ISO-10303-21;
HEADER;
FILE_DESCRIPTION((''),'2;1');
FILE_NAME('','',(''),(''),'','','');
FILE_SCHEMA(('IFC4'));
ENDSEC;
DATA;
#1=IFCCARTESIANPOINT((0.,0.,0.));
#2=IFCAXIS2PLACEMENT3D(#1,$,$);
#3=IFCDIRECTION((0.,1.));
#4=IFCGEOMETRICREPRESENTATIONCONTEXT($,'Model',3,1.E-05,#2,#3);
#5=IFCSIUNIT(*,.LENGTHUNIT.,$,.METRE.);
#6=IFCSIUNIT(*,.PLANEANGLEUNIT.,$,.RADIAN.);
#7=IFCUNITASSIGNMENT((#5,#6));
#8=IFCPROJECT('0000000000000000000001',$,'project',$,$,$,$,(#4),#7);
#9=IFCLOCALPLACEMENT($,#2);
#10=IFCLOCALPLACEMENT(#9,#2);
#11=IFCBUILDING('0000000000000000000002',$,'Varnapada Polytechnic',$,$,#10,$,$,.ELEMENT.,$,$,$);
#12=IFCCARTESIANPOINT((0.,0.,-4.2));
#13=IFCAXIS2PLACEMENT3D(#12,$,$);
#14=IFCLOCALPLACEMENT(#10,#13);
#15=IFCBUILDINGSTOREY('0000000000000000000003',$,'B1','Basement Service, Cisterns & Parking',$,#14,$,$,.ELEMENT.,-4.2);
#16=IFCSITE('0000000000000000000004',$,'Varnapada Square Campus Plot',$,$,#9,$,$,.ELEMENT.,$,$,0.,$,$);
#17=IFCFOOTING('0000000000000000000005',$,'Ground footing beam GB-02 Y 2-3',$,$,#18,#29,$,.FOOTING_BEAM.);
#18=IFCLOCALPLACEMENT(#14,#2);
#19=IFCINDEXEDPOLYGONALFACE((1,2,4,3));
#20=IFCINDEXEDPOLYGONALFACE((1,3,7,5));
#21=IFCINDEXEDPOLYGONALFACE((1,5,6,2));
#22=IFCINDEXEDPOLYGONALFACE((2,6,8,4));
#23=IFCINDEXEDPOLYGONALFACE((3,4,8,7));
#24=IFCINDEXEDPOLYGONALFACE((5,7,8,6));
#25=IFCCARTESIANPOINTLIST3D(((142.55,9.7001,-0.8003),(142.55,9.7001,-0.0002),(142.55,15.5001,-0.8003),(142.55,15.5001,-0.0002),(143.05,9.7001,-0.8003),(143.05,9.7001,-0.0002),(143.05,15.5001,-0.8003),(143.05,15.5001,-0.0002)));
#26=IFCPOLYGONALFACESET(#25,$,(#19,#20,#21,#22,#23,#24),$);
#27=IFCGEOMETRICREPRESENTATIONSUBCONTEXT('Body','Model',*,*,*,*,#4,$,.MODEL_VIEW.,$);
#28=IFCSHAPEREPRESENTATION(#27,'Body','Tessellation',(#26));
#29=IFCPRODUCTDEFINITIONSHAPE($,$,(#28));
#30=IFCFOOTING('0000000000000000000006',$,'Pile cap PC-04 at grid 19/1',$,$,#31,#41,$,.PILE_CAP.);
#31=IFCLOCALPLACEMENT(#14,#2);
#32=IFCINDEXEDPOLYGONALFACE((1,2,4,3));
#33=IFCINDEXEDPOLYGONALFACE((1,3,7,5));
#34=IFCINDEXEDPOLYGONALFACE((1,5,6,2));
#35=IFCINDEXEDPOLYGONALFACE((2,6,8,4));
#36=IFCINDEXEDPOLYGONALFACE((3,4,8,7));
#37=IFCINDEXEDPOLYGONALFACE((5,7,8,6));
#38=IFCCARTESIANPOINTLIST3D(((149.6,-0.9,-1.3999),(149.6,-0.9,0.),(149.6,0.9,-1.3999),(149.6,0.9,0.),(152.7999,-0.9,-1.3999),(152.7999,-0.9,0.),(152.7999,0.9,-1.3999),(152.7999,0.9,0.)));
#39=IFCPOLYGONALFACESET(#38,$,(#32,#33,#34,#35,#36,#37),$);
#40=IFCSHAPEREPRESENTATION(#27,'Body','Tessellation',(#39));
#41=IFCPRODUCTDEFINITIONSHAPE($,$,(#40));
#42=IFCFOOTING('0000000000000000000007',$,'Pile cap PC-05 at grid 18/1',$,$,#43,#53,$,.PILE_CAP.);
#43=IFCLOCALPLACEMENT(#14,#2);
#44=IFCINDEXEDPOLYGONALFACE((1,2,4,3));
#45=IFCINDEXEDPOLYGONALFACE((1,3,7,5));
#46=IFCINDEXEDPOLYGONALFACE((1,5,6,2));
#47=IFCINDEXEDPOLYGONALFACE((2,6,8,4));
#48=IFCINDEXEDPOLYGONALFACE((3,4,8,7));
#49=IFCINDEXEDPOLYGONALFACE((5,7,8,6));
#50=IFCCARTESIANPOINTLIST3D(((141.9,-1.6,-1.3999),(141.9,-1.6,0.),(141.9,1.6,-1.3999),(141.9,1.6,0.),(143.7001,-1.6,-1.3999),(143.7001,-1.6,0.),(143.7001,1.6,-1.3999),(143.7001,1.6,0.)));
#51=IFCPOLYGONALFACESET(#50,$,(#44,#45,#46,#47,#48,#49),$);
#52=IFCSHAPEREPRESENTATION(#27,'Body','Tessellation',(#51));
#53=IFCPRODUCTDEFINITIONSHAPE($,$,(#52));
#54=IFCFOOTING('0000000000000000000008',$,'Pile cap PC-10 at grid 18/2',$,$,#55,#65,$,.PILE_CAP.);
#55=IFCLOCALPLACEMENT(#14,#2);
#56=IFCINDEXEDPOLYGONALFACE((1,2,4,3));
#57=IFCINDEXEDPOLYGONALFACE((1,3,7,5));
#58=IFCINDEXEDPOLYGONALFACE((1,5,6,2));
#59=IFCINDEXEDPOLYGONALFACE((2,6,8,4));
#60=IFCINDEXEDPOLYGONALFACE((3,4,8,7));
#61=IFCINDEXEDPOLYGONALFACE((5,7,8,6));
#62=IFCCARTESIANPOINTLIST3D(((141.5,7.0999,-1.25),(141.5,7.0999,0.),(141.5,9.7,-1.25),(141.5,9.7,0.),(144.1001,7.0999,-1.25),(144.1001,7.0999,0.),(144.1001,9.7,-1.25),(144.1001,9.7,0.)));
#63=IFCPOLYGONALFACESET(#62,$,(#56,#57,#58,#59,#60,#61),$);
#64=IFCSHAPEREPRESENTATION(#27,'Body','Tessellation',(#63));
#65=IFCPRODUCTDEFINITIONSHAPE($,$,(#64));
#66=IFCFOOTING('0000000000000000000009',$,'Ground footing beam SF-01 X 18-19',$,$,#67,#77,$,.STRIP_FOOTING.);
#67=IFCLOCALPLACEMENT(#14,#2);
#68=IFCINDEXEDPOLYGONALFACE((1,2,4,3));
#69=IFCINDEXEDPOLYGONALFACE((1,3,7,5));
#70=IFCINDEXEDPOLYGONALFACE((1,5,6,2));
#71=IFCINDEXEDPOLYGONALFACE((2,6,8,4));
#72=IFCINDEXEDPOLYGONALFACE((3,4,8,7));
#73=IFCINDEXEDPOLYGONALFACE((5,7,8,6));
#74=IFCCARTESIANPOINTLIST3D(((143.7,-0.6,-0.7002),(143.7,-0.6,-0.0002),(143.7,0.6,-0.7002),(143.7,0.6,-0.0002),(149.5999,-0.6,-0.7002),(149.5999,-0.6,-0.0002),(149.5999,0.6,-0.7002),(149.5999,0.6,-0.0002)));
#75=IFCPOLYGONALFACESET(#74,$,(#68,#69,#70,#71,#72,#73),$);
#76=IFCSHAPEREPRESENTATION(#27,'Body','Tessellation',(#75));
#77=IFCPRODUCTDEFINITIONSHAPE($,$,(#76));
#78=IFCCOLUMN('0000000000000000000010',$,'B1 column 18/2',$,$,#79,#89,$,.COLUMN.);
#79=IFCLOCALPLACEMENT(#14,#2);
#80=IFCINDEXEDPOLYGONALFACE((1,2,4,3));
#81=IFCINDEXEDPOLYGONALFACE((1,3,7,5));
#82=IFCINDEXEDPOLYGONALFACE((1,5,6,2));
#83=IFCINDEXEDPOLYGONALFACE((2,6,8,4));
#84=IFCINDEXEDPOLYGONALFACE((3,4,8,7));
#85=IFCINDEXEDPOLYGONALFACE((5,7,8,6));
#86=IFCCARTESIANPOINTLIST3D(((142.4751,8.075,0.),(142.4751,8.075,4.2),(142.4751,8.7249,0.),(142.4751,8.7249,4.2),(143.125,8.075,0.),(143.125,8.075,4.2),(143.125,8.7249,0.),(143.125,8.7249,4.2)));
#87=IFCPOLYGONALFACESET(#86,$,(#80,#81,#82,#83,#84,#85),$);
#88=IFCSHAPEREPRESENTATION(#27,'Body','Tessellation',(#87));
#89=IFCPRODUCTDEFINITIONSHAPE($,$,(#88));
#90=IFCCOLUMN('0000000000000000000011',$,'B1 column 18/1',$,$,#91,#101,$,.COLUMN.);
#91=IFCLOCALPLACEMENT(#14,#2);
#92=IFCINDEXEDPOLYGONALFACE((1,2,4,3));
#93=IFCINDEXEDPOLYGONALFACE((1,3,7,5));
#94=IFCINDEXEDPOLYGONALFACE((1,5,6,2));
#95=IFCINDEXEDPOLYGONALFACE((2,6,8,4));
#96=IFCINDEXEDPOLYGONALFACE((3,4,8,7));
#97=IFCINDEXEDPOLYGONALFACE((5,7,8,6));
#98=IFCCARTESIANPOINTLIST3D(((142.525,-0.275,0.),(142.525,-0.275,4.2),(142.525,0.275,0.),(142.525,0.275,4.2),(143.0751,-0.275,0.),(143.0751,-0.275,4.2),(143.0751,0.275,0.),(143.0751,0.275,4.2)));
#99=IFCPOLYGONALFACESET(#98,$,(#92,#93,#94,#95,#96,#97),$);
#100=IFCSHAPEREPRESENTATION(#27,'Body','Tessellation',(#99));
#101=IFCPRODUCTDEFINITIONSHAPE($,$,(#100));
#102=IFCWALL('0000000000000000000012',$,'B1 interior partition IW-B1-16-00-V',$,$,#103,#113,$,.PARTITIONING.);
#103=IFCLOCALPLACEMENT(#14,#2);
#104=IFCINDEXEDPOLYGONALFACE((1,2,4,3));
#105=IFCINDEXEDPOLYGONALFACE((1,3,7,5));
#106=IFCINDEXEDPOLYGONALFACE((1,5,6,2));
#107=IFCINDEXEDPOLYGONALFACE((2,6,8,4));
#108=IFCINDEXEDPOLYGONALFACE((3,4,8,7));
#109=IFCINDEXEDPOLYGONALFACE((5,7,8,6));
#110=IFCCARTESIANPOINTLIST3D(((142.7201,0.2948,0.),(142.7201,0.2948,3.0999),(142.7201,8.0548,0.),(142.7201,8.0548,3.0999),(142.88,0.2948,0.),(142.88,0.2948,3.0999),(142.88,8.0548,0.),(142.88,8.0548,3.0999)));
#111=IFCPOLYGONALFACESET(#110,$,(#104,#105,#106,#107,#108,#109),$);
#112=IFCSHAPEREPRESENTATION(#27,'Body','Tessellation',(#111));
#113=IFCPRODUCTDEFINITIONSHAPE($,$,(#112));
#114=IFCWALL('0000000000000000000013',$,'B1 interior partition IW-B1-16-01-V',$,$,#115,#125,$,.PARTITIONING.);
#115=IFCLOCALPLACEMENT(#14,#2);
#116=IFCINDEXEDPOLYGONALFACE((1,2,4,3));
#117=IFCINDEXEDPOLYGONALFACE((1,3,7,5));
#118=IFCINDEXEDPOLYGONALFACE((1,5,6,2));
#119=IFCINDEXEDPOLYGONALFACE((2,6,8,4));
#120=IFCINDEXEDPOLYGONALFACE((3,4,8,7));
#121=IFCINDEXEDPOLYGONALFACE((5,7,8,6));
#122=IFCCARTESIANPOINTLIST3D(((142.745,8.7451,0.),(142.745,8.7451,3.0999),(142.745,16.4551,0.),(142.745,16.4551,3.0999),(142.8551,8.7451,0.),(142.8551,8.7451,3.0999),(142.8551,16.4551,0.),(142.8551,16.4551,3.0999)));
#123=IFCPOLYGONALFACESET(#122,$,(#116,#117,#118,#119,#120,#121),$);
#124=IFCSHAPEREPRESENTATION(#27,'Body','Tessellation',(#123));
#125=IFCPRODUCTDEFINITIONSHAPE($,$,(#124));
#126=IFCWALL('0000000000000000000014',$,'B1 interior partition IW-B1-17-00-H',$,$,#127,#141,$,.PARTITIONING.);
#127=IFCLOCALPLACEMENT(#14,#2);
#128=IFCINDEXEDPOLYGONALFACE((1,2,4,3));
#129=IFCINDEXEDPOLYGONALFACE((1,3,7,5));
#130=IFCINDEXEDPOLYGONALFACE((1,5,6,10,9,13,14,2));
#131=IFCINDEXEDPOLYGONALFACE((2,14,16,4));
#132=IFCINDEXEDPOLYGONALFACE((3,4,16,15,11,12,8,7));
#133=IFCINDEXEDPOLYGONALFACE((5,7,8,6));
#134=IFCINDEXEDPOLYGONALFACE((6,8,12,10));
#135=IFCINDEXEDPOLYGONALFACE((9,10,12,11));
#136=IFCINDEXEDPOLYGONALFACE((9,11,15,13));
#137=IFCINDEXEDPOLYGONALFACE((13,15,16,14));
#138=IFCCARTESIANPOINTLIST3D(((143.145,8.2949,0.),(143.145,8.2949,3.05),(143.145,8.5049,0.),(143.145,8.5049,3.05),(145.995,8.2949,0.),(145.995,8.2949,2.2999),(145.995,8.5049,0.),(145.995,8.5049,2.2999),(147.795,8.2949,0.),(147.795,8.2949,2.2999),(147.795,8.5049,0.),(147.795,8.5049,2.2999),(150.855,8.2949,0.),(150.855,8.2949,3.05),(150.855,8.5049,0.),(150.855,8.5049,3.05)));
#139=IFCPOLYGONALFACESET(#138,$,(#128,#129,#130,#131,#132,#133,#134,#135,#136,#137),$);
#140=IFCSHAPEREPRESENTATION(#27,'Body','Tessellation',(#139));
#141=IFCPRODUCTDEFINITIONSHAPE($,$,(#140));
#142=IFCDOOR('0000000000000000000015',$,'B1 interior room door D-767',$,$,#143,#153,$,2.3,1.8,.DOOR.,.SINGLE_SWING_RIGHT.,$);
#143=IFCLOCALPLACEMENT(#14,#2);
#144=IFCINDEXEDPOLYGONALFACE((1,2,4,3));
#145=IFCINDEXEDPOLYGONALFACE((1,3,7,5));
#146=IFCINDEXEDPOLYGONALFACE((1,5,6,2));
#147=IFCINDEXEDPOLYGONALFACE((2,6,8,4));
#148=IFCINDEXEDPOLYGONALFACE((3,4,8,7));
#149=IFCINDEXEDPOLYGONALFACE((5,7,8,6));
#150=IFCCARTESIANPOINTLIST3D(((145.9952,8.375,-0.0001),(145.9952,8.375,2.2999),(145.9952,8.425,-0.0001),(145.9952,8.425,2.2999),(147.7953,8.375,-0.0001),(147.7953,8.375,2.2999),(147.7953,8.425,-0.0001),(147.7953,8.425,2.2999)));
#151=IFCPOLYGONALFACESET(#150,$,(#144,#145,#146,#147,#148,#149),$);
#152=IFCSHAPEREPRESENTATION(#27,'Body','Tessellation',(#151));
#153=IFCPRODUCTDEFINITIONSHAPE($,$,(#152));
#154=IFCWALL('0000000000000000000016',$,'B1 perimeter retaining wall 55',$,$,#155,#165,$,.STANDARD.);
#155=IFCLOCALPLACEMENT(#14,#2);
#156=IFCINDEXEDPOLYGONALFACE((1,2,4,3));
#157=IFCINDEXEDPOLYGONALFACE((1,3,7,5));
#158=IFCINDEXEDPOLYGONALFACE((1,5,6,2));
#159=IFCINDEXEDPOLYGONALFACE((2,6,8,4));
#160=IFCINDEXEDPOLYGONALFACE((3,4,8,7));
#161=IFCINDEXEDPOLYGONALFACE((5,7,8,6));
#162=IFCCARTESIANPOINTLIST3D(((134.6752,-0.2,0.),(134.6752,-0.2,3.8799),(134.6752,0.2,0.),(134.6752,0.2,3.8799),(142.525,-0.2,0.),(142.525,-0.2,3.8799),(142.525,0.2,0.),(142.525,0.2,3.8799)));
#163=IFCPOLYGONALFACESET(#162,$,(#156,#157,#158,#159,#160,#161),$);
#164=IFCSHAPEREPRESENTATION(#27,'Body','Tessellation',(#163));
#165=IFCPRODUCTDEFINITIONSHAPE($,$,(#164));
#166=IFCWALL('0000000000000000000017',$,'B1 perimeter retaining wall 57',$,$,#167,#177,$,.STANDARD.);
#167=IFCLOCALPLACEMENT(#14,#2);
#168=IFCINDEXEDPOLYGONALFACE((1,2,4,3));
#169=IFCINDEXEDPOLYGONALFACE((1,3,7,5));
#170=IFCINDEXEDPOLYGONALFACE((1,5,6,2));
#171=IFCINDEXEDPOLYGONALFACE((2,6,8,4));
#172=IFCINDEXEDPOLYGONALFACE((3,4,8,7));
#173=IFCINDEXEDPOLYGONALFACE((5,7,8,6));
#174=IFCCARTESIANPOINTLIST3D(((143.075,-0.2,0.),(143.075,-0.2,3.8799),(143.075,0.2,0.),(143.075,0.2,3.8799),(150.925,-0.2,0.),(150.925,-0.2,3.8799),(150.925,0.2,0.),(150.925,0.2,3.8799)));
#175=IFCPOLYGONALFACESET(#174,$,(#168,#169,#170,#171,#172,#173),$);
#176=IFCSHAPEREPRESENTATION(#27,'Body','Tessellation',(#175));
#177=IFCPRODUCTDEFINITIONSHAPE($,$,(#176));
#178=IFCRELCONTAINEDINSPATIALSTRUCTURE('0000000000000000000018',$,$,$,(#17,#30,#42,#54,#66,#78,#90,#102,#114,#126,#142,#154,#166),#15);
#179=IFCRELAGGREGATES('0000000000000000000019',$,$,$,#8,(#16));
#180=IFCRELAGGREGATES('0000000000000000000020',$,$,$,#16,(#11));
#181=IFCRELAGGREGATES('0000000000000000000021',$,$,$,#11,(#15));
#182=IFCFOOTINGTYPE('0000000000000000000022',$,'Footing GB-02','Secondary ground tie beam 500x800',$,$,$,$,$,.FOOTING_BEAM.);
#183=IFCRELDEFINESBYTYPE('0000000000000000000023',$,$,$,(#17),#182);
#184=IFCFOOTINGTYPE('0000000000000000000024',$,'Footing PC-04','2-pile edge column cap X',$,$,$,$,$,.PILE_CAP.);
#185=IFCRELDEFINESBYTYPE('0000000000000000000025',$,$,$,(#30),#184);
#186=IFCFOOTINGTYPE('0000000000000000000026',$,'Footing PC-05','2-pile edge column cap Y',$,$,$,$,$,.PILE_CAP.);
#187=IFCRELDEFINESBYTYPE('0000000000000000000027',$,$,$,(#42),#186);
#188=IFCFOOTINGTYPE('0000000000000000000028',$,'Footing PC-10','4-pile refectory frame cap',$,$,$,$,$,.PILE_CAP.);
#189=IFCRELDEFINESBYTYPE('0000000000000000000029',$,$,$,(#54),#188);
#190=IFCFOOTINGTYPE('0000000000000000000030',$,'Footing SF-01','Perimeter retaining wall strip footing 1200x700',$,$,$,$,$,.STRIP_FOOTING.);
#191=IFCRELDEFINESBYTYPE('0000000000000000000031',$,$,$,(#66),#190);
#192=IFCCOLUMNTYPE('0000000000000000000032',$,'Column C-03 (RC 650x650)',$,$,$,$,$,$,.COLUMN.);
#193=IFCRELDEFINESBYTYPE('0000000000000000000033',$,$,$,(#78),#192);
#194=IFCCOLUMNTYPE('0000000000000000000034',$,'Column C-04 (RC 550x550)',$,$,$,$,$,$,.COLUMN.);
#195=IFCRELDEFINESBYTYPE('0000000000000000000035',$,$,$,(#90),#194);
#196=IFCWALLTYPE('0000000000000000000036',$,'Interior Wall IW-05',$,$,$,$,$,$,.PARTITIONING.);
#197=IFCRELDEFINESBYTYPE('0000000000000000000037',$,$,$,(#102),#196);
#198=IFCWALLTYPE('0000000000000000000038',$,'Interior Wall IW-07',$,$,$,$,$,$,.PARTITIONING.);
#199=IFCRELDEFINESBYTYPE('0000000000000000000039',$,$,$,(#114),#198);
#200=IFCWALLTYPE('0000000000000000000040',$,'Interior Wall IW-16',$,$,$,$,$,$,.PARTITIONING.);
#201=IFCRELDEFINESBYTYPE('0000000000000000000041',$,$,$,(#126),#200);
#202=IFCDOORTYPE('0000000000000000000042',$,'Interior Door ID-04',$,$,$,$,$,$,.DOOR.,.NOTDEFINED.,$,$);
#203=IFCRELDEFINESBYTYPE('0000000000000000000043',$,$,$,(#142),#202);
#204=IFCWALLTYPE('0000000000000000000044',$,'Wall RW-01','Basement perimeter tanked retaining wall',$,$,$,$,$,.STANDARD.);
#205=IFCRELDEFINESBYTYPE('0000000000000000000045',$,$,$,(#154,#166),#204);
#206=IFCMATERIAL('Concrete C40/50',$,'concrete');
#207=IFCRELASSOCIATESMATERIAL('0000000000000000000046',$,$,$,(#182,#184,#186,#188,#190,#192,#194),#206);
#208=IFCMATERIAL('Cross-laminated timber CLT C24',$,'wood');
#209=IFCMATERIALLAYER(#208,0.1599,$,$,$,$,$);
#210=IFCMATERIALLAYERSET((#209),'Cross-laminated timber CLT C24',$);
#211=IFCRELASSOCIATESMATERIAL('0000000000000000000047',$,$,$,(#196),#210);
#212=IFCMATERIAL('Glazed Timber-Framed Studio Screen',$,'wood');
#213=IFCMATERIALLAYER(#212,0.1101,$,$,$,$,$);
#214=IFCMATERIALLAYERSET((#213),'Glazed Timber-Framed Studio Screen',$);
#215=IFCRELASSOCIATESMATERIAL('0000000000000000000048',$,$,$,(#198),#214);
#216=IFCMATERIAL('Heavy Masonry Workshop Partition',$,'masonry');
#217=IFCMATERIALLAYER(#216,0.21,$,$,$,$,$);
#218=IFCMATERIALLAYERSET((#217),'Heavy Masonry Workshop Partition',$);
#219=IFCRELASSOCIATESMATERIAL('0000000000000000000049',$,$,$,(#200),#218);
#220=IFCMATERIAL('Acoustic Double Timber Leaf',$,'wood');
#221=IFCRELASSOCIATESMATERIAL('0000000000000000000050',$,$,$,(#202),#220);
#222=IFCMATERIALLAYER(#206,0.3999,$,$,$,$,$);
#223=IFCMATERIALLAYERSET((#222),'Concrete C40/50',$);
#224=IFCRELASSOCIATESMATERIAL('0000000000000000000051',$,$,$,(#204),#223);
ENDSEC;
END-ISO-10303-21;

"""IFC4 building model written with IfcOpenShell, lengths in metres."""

from ifc_helpers import new_model, si_unit, direction, frame, frame_2d, origin, origin_2d, place, context, subcontext, project, spatial, rectangle, extrude, material, layer, layer_set, material_profile, profile_set, type_object, element, fill, save


model = new_model("IFC4")

# Units and contexts
model_context = context("Model", 3, precision=1e-05, world=origin(), true_north=direction((0.0, 1.0)))
body_context = subcontext(model_context, "Body", "Model", "MODEL_VIEW")
ifc_project = project(units=[si_unit("LENGTHUNIT", "METRE"), si_unit("PLANEANGLEUNIT", "RADIAN")], contexts=[model_context])

# Site, building, storey
site_placement = place(None, origin())
site = spatial("IfcSite", under=ifc_project, at=site_placement, Name="Varnapada Square Campus Plot", CompositionType="ELEMENT", RefElevation=0.0)
building_placement = place(site_placement, origin())
building = spatial("IfcBuilding", under=site, at=building_placement, Name="Varnapada Polytechnic", CompositionType="ELEMENT")
storey_placement = place(building_placement, frame((0.0, 0.0, -4.2)))
storey = spatial("IfcBuildingStorey", under=building, at=storey_placement, Name="B1", Description="Basement Service, Cisterns & Parking", CompositionType="ELEMENT", Elevation=-4.2)

# Shared definitions
ifc_material_1 = material(Name="Concrete C40/50", Category="concrete")

# Footings
footing_type_1 = type_object("IfcFootingType", Name="Footing GB-02", Description="Secondary ground tie beam 500x800", PredefinedType="FOOTING_BEAM", material=ifc_material_1)
footing_1_placement = place(storey_placement, frame((142.8, 12.6001, -0.8003), z_axis=(0.0, 0.0, 1.0), x_axis=(0.0, 1.0, 0.0)))
element("IfcFooting", 1, at=footing_1_placement, inside=storey, type_object=footing_type_1, Name="Ground footing beam GB-02 Y 2-3", PredefinedType="FOOTING_BEAM", context=body_context, shape_type="SweptSolid", body=[
    extrude(rectangle(XDim=5.8, YDim=0.5, at=origin_2d()), origin(), (0.0, 0.0, 1.0), 0.8),
])
footing_type_2 = type_object("IfcFootingType", Name="Footing PC-04", Description="2-pile edge column cap X", PredefinedType="PILE_CAP", material=ifc_material_1)
footing_2_placement = place(storey_placement, frame((151.2, 0.0, -1.3999), z_axis=(0.0, 0.0, 1.0), x_axis=(1.0, 0.0, 0.0)))
element("IfcFooting", 2, at=footing_2_placement, inside=storey, type_object=footing_type_2, Name="Pile cap PC-04 at grid 19/1", PredefinedType="PILE_CAP", context=body_context, shape_type="SweptSolid", body=[
    extrude(rectangle(XDim=3.2, YDim=1.8, at=origin_2d()), origin(), (0.0, 0.0, 1.0), 1.3999),
])
footing_type_3 = type_object("IfcFootingType", Name="Footing PC-05", Description="2-pile edge column cap Y", PredefinedType="PILE_CAP", material=ifc_material_1)
footing_3_placement = place(storey_placement, frame((142.8, 0.0, -1.3999), z_axis=(0.0, 0.0, 1.0), x_axis=(1.0, 0.0, 0.0)))
element("IfcFooting", 3, at=footing_3_placement, inside=storey, type_object=footing_type_3, Name="Pile cap PC-05 at grid 18/1", PredefinedType="PILE_CAP", context=body_context, shape_type="SweptSolid", body=[
    extrude(rectangle(XDim=1.8, YDim=3.2, at=origin_2d()), origin(), (0.0, 0.0, 1.0), 1.3999),
])
footing_type_4 = type_object("IfcFootingType", Name="Footing PC-10", Description="4-pile refectory frame cap", PredefinedType="PILE_CAP", material=ifc_material_1)
footing_4_placement = place(storey_placement, frame((142.8, 8.3999, -1.25), z_axis=(0.0, 0.0, 1.0), x_axis=(1.0, 0.0, 0.0)))
element("IfcFooting", 4, at=footing_4_placement, inside=storey, type_object=footing_type_4, Name="Pile cap PC-10 at grid 18/2", PredefinedType="PILE_CAP", context=body_context, shape_type="SweptSolid", body=[
    extrude(rectangle(XDim=2.6001, YDim=2.6001, at=origin_2d()), origin(), (0.0, 0.0, 1.0), 1.25),
])
footing_type_5 = type_object("IfcFootingType", Name="Footing SF-01", Description="Perimeter retaining wall strip footing 1200x700", PredefinedType="STRIP_FOOTING", material=ifc_material_1)
footing_5_placement = place(storey_placement, frame((146.6499, 0.0, -0.7002), z_axis=(0.0, 0.0, 1.0), x_axis=(1.0, 0.0, 0.0)))
element("IfcFooting", 5, at=footing_5_placement, inside=storey, type_object=footing_type_5, Name="Ground footing beam SF-01 X 18-19", PredefinedType="STRIP_FOOTING", context=body_context, shape_type="SweptSolid", body=[
    extrude(rectangle(XDim=5.8999, YDim=1.2, at=origin_2d()), origin(), (0.0, 0.0, 1.0), 0.7),
])

# Columns
ifc_material_profile_1 = material_profile(ifc_material_1, rectangle(XDim=0.6499, YDim=0.6499, at=origin_2d()), Name="RC 650x650")
ifc_profile_set_1 = profile_set([ifc_material_profile_1], Name="Concrete C40/50")
column_type_1 = type_object("IfcColumnType", Name="Column C-03 (RC 650x650)", PredefinedType="COLUMN", material=ifc_profile_set_1)
column_1_placement = place(storey_placement, frame((142.8, 8.3999, 0.0), z_axis=(0.0, 0.0, 1.0), x_axis=(1.0, 0.0, 0.0)))
element("IfcColumn", 6, at=column_1_placement, inside=storey, type_object=column_type_1, Name="B1 column 18/2", PredefinedType="COLUMN", context=body_context, shape_type="SweptSolid", body=[
    extrude(rectangle(XDim=0.6499, YDim=0.6499, at=origin_2d()), origin(), (0.0, 0.0, 1.0), 4.2),
])
ifc_material_profile_2 = material_profile(ifc_material_1, rectangle(XDim=0.55, YDim=0.55, at=origin_2d()), Name="RC 550x550")
ifc_profile_set_2 = profile_set([ifc_material_profile_2], Name="Concrete C40/50")
column_type_2 = type_object("IfcColumnType", Name="Column C-04 (RC 550x550)", PredefinedType="COLUMN", material=ifc_profile_set_2)
column_2_placement = place(storey_placement, frame((142.8, 0.0, 0.0), z_axis=(0.0, 0.0, 1.0), x_axis=(1.0, 0.0, 0.0)))
element("IfcColumn", 7, at=column_2_placement, inside=storey, type_object=column_type_2, Name="B1 column 18/1", PredefinedType="COLUMN", context=body_context, shape_type="SweptSolid", body=[
    extrude(rectangle(XDim=0.55, YDim=0.55, at=origin_2d()), origin(), (0.0, 0.0, 1.0), 4.2),
])

# Walls
ifc_material_2 = material(Name="Cross-laminated timber CLT C24", Category="wood")
ifc_layer_1 = layer(ifc_material_2, 0.1599)
ifc_layer_set_1 = layer_set([ifc_layer_1], Name="Cross-laminated timber CLT C24")
wall_type_1 = type_object("IfcWallType", Name="Interior Wall IW-05", PredefinedType="PARTITIONING", material=ifc_layer_set_1)
wall_1_placement = place(storey_placement, frame((142.8, 0.2949, 0.0), z_axis=(0.0, 0.0, 1.0), x_axis=(0.0, 1.0, 0.0)))
element("IfcWall", 8, at=wall_1_placement, inside=storey, type_object=wall_type_1, Name="B1 interior partition IW-B1-16-00-V", PredefinedType="PARTITIONING", context=body_context, shape_type="SweptSolid", body=[
    extrude(rectangle(XDim=7.76, YDim=0.1599, at=frame_2d((3.8799, 0.0))), origin(), (0.0, 0.0, 1.0), 3.0999),
])
ifc_material_3 = material(Name="Glazed Timber-Framed Studio Screen", Category="wood")
ifc_layer_2 = layer(ifc_material_3, 0.1101)
ifc_layer_set_2 = layer_set([ifc_layer_2], Name="Glazed Timber-Framed Studio Screen")
wall_type_2 = type_object("IfcWallType", Name="Interior Wall IW-07", PredefinedType="PARTITIONING", material=ifc_layer_set_2)
wall_2_placement = place(storey_placement, frame((142.8, 8.7451, 0.0), z_axis=(0.0, 0.0, 1.0), x_axis=(0.0, 1.0, 0.0)))
element("IfcWall", 9, at=wall_2_placement, inside=storey, type_object=wall_type_2, Name="B1 interior partition IW-B1-16-01-V", PredefinedType="PARTITIONING", context=body_context, shape_type="SweptSolid", body=[
    extrude(rectangle(XDim=7.71, YDim=0.1101, at=frame_2d((3.855, 0.0))), origin(), (0.0, 0.0, 1.0), 3.0999),
])

# Wall, opening, door
ifc_material_4 = material(Name="Heavy Masonry Workshop Partition", Category="masonry")
ifc_layer_3 = layer(ifc_material_4, 0.21)
ifc_layer_set_3 = layer_set([ifc_layer_3], Name="Heavy Masonry Workshop Partition")
wall_type_3 = type_object("IfcWallType", Name="Interior Wall IW-16", PredefinedType="PARTITIONING", material=ifc_layer_set_3)
wall_3_placement = place(storey_placement, frame((143.145, 8.3999, 0.0), z_axis=(0.0, 0.0, 1.0), x_axis=(1.0, 0.0, 0.0)))
wall_3 = element("IfcWall", 10, at=wall_3_placement, inside=storey, type_object=wall_type_3, Name="B1 interior partition IW-B1-17-00-H", PredefinedType="PARTITIONING", context=body_context, shape_type="SweptSolid", body=[
    extrude(rectangle(XDim=7.71, YDim=0.21, at=frame_2d((3.855, 0.0))), origin(), (0.0, 0.0, 1.0), 3.05),
])
opening_placement = place(wall_3_placement, frame((2.8501, 0.0, 0.0)))
opening = element("IfcOpeningElement", 11, at=opening_placement, cuts=wall_3, PredefinedType="OPENING", context=body_context, shape_type="SweptSolid", body=[
    extrude(rectangle(XDim=1.8, YDim=2.3, at=frame_2d((0.8999, 1.1499))), frame((0.0, 0.115, 0.0), z_axis=(0.0, -1.0, 0.0), x_axis=(1.0, 0.0, 0.0)), (0.0, 0.0, 1.0), 0.23),
])
ifc_material_5 = material(Name="Acoustic Double Timber Leaf", Category="wood")
door_type = type_object("IfcDoorType", Name="Interior Door ID-04", OperationType="NOTDEFINED", PredefinedType="DOOR", material=ifc_material_5)
door_placement = place(opening_placement, frame((1.8, 0.0, 0.0), z_axis=(0.0, 0.0, 1.0), x_axis=(-1.0, 0.0, 0.0)))
door = element("IfcDoor", 12, at=door_placement, inside=storey, type_object=door_type, Name="B1 interior room door D-767", OperationType="SINGLE_SWING_RIGHT", OverallHeight=2.3, OverallWidth=1.8, PredefinedType="DOOR", context=body_context, shape_type="SweptSolid", body=[
    extrude(rectangle(XDim=1.8, YDim=2.3, at=frame_2d((0.8999, 1.1499))), frame((0.0, 0.0249, 0.0), z_axis=(0.0, -1.0, 0.0), x_axis=(1.0, 0.0, 0.0)), (0.0, 0.0, 1.0), 0.05),
])
fill(opening, door)

# Walls
ifc_layer_4 = layer(ifc_material_1, 0.3999)
ifc_layer_set_4 = layer_set([ifc_layer_4], Name="Concrete C40/50")
wall_type_4 = type_object("IfcWallType", Name="Wall RW-01", Description="Basement perimeter tanked retaining wall", PredefinedType="STANDARD", material=ifc_layer_set_4)
wall_4_placement = place(storey_placement, frame((142.5249, 0.0, 0.0), z_axis=(0.0, 0.0, 1.0), x_axis=(-1.0, 0.0, 0.0)))
element("IfcWall", 13, at=wall_4_placement, inside=storey, type_object=wall_type_4, Name="B1 perimeter retaining wall 55", PredefinedType="STANDARD", context=body_context, shape_type="SweptSolid", body=[
    extrude(rectangle(XDim=7.8499, YDim=0.3999, at=frame_2d((3.9248, 0.0))), origin(), (0.0, 0.0, 1.0), 3.8799),
])
wall_5_placement = place(storey_placement, frame((150.925, 0.0, 0.0), z_axis=(0.0, 0.0, 1.0), x_axis=(-1.0, 0.0, 0.0)))
element("IfcWall", 14, at=wall_5_placement, inside=storey, type_object=wall_type_4, Name="B1 perimeter retaining wall 57", PredefinedType="STANDARD", context=body_context, shape_type="SweptSolid", body=[
    extrude(rectangle(XDim=7.8501, YDim=0.3999, at=frame_2d((3.925, 0.0))), origin(), (0.0, 0.0, 1.0), 3.8799),
])

save(model, "model.ifc")
